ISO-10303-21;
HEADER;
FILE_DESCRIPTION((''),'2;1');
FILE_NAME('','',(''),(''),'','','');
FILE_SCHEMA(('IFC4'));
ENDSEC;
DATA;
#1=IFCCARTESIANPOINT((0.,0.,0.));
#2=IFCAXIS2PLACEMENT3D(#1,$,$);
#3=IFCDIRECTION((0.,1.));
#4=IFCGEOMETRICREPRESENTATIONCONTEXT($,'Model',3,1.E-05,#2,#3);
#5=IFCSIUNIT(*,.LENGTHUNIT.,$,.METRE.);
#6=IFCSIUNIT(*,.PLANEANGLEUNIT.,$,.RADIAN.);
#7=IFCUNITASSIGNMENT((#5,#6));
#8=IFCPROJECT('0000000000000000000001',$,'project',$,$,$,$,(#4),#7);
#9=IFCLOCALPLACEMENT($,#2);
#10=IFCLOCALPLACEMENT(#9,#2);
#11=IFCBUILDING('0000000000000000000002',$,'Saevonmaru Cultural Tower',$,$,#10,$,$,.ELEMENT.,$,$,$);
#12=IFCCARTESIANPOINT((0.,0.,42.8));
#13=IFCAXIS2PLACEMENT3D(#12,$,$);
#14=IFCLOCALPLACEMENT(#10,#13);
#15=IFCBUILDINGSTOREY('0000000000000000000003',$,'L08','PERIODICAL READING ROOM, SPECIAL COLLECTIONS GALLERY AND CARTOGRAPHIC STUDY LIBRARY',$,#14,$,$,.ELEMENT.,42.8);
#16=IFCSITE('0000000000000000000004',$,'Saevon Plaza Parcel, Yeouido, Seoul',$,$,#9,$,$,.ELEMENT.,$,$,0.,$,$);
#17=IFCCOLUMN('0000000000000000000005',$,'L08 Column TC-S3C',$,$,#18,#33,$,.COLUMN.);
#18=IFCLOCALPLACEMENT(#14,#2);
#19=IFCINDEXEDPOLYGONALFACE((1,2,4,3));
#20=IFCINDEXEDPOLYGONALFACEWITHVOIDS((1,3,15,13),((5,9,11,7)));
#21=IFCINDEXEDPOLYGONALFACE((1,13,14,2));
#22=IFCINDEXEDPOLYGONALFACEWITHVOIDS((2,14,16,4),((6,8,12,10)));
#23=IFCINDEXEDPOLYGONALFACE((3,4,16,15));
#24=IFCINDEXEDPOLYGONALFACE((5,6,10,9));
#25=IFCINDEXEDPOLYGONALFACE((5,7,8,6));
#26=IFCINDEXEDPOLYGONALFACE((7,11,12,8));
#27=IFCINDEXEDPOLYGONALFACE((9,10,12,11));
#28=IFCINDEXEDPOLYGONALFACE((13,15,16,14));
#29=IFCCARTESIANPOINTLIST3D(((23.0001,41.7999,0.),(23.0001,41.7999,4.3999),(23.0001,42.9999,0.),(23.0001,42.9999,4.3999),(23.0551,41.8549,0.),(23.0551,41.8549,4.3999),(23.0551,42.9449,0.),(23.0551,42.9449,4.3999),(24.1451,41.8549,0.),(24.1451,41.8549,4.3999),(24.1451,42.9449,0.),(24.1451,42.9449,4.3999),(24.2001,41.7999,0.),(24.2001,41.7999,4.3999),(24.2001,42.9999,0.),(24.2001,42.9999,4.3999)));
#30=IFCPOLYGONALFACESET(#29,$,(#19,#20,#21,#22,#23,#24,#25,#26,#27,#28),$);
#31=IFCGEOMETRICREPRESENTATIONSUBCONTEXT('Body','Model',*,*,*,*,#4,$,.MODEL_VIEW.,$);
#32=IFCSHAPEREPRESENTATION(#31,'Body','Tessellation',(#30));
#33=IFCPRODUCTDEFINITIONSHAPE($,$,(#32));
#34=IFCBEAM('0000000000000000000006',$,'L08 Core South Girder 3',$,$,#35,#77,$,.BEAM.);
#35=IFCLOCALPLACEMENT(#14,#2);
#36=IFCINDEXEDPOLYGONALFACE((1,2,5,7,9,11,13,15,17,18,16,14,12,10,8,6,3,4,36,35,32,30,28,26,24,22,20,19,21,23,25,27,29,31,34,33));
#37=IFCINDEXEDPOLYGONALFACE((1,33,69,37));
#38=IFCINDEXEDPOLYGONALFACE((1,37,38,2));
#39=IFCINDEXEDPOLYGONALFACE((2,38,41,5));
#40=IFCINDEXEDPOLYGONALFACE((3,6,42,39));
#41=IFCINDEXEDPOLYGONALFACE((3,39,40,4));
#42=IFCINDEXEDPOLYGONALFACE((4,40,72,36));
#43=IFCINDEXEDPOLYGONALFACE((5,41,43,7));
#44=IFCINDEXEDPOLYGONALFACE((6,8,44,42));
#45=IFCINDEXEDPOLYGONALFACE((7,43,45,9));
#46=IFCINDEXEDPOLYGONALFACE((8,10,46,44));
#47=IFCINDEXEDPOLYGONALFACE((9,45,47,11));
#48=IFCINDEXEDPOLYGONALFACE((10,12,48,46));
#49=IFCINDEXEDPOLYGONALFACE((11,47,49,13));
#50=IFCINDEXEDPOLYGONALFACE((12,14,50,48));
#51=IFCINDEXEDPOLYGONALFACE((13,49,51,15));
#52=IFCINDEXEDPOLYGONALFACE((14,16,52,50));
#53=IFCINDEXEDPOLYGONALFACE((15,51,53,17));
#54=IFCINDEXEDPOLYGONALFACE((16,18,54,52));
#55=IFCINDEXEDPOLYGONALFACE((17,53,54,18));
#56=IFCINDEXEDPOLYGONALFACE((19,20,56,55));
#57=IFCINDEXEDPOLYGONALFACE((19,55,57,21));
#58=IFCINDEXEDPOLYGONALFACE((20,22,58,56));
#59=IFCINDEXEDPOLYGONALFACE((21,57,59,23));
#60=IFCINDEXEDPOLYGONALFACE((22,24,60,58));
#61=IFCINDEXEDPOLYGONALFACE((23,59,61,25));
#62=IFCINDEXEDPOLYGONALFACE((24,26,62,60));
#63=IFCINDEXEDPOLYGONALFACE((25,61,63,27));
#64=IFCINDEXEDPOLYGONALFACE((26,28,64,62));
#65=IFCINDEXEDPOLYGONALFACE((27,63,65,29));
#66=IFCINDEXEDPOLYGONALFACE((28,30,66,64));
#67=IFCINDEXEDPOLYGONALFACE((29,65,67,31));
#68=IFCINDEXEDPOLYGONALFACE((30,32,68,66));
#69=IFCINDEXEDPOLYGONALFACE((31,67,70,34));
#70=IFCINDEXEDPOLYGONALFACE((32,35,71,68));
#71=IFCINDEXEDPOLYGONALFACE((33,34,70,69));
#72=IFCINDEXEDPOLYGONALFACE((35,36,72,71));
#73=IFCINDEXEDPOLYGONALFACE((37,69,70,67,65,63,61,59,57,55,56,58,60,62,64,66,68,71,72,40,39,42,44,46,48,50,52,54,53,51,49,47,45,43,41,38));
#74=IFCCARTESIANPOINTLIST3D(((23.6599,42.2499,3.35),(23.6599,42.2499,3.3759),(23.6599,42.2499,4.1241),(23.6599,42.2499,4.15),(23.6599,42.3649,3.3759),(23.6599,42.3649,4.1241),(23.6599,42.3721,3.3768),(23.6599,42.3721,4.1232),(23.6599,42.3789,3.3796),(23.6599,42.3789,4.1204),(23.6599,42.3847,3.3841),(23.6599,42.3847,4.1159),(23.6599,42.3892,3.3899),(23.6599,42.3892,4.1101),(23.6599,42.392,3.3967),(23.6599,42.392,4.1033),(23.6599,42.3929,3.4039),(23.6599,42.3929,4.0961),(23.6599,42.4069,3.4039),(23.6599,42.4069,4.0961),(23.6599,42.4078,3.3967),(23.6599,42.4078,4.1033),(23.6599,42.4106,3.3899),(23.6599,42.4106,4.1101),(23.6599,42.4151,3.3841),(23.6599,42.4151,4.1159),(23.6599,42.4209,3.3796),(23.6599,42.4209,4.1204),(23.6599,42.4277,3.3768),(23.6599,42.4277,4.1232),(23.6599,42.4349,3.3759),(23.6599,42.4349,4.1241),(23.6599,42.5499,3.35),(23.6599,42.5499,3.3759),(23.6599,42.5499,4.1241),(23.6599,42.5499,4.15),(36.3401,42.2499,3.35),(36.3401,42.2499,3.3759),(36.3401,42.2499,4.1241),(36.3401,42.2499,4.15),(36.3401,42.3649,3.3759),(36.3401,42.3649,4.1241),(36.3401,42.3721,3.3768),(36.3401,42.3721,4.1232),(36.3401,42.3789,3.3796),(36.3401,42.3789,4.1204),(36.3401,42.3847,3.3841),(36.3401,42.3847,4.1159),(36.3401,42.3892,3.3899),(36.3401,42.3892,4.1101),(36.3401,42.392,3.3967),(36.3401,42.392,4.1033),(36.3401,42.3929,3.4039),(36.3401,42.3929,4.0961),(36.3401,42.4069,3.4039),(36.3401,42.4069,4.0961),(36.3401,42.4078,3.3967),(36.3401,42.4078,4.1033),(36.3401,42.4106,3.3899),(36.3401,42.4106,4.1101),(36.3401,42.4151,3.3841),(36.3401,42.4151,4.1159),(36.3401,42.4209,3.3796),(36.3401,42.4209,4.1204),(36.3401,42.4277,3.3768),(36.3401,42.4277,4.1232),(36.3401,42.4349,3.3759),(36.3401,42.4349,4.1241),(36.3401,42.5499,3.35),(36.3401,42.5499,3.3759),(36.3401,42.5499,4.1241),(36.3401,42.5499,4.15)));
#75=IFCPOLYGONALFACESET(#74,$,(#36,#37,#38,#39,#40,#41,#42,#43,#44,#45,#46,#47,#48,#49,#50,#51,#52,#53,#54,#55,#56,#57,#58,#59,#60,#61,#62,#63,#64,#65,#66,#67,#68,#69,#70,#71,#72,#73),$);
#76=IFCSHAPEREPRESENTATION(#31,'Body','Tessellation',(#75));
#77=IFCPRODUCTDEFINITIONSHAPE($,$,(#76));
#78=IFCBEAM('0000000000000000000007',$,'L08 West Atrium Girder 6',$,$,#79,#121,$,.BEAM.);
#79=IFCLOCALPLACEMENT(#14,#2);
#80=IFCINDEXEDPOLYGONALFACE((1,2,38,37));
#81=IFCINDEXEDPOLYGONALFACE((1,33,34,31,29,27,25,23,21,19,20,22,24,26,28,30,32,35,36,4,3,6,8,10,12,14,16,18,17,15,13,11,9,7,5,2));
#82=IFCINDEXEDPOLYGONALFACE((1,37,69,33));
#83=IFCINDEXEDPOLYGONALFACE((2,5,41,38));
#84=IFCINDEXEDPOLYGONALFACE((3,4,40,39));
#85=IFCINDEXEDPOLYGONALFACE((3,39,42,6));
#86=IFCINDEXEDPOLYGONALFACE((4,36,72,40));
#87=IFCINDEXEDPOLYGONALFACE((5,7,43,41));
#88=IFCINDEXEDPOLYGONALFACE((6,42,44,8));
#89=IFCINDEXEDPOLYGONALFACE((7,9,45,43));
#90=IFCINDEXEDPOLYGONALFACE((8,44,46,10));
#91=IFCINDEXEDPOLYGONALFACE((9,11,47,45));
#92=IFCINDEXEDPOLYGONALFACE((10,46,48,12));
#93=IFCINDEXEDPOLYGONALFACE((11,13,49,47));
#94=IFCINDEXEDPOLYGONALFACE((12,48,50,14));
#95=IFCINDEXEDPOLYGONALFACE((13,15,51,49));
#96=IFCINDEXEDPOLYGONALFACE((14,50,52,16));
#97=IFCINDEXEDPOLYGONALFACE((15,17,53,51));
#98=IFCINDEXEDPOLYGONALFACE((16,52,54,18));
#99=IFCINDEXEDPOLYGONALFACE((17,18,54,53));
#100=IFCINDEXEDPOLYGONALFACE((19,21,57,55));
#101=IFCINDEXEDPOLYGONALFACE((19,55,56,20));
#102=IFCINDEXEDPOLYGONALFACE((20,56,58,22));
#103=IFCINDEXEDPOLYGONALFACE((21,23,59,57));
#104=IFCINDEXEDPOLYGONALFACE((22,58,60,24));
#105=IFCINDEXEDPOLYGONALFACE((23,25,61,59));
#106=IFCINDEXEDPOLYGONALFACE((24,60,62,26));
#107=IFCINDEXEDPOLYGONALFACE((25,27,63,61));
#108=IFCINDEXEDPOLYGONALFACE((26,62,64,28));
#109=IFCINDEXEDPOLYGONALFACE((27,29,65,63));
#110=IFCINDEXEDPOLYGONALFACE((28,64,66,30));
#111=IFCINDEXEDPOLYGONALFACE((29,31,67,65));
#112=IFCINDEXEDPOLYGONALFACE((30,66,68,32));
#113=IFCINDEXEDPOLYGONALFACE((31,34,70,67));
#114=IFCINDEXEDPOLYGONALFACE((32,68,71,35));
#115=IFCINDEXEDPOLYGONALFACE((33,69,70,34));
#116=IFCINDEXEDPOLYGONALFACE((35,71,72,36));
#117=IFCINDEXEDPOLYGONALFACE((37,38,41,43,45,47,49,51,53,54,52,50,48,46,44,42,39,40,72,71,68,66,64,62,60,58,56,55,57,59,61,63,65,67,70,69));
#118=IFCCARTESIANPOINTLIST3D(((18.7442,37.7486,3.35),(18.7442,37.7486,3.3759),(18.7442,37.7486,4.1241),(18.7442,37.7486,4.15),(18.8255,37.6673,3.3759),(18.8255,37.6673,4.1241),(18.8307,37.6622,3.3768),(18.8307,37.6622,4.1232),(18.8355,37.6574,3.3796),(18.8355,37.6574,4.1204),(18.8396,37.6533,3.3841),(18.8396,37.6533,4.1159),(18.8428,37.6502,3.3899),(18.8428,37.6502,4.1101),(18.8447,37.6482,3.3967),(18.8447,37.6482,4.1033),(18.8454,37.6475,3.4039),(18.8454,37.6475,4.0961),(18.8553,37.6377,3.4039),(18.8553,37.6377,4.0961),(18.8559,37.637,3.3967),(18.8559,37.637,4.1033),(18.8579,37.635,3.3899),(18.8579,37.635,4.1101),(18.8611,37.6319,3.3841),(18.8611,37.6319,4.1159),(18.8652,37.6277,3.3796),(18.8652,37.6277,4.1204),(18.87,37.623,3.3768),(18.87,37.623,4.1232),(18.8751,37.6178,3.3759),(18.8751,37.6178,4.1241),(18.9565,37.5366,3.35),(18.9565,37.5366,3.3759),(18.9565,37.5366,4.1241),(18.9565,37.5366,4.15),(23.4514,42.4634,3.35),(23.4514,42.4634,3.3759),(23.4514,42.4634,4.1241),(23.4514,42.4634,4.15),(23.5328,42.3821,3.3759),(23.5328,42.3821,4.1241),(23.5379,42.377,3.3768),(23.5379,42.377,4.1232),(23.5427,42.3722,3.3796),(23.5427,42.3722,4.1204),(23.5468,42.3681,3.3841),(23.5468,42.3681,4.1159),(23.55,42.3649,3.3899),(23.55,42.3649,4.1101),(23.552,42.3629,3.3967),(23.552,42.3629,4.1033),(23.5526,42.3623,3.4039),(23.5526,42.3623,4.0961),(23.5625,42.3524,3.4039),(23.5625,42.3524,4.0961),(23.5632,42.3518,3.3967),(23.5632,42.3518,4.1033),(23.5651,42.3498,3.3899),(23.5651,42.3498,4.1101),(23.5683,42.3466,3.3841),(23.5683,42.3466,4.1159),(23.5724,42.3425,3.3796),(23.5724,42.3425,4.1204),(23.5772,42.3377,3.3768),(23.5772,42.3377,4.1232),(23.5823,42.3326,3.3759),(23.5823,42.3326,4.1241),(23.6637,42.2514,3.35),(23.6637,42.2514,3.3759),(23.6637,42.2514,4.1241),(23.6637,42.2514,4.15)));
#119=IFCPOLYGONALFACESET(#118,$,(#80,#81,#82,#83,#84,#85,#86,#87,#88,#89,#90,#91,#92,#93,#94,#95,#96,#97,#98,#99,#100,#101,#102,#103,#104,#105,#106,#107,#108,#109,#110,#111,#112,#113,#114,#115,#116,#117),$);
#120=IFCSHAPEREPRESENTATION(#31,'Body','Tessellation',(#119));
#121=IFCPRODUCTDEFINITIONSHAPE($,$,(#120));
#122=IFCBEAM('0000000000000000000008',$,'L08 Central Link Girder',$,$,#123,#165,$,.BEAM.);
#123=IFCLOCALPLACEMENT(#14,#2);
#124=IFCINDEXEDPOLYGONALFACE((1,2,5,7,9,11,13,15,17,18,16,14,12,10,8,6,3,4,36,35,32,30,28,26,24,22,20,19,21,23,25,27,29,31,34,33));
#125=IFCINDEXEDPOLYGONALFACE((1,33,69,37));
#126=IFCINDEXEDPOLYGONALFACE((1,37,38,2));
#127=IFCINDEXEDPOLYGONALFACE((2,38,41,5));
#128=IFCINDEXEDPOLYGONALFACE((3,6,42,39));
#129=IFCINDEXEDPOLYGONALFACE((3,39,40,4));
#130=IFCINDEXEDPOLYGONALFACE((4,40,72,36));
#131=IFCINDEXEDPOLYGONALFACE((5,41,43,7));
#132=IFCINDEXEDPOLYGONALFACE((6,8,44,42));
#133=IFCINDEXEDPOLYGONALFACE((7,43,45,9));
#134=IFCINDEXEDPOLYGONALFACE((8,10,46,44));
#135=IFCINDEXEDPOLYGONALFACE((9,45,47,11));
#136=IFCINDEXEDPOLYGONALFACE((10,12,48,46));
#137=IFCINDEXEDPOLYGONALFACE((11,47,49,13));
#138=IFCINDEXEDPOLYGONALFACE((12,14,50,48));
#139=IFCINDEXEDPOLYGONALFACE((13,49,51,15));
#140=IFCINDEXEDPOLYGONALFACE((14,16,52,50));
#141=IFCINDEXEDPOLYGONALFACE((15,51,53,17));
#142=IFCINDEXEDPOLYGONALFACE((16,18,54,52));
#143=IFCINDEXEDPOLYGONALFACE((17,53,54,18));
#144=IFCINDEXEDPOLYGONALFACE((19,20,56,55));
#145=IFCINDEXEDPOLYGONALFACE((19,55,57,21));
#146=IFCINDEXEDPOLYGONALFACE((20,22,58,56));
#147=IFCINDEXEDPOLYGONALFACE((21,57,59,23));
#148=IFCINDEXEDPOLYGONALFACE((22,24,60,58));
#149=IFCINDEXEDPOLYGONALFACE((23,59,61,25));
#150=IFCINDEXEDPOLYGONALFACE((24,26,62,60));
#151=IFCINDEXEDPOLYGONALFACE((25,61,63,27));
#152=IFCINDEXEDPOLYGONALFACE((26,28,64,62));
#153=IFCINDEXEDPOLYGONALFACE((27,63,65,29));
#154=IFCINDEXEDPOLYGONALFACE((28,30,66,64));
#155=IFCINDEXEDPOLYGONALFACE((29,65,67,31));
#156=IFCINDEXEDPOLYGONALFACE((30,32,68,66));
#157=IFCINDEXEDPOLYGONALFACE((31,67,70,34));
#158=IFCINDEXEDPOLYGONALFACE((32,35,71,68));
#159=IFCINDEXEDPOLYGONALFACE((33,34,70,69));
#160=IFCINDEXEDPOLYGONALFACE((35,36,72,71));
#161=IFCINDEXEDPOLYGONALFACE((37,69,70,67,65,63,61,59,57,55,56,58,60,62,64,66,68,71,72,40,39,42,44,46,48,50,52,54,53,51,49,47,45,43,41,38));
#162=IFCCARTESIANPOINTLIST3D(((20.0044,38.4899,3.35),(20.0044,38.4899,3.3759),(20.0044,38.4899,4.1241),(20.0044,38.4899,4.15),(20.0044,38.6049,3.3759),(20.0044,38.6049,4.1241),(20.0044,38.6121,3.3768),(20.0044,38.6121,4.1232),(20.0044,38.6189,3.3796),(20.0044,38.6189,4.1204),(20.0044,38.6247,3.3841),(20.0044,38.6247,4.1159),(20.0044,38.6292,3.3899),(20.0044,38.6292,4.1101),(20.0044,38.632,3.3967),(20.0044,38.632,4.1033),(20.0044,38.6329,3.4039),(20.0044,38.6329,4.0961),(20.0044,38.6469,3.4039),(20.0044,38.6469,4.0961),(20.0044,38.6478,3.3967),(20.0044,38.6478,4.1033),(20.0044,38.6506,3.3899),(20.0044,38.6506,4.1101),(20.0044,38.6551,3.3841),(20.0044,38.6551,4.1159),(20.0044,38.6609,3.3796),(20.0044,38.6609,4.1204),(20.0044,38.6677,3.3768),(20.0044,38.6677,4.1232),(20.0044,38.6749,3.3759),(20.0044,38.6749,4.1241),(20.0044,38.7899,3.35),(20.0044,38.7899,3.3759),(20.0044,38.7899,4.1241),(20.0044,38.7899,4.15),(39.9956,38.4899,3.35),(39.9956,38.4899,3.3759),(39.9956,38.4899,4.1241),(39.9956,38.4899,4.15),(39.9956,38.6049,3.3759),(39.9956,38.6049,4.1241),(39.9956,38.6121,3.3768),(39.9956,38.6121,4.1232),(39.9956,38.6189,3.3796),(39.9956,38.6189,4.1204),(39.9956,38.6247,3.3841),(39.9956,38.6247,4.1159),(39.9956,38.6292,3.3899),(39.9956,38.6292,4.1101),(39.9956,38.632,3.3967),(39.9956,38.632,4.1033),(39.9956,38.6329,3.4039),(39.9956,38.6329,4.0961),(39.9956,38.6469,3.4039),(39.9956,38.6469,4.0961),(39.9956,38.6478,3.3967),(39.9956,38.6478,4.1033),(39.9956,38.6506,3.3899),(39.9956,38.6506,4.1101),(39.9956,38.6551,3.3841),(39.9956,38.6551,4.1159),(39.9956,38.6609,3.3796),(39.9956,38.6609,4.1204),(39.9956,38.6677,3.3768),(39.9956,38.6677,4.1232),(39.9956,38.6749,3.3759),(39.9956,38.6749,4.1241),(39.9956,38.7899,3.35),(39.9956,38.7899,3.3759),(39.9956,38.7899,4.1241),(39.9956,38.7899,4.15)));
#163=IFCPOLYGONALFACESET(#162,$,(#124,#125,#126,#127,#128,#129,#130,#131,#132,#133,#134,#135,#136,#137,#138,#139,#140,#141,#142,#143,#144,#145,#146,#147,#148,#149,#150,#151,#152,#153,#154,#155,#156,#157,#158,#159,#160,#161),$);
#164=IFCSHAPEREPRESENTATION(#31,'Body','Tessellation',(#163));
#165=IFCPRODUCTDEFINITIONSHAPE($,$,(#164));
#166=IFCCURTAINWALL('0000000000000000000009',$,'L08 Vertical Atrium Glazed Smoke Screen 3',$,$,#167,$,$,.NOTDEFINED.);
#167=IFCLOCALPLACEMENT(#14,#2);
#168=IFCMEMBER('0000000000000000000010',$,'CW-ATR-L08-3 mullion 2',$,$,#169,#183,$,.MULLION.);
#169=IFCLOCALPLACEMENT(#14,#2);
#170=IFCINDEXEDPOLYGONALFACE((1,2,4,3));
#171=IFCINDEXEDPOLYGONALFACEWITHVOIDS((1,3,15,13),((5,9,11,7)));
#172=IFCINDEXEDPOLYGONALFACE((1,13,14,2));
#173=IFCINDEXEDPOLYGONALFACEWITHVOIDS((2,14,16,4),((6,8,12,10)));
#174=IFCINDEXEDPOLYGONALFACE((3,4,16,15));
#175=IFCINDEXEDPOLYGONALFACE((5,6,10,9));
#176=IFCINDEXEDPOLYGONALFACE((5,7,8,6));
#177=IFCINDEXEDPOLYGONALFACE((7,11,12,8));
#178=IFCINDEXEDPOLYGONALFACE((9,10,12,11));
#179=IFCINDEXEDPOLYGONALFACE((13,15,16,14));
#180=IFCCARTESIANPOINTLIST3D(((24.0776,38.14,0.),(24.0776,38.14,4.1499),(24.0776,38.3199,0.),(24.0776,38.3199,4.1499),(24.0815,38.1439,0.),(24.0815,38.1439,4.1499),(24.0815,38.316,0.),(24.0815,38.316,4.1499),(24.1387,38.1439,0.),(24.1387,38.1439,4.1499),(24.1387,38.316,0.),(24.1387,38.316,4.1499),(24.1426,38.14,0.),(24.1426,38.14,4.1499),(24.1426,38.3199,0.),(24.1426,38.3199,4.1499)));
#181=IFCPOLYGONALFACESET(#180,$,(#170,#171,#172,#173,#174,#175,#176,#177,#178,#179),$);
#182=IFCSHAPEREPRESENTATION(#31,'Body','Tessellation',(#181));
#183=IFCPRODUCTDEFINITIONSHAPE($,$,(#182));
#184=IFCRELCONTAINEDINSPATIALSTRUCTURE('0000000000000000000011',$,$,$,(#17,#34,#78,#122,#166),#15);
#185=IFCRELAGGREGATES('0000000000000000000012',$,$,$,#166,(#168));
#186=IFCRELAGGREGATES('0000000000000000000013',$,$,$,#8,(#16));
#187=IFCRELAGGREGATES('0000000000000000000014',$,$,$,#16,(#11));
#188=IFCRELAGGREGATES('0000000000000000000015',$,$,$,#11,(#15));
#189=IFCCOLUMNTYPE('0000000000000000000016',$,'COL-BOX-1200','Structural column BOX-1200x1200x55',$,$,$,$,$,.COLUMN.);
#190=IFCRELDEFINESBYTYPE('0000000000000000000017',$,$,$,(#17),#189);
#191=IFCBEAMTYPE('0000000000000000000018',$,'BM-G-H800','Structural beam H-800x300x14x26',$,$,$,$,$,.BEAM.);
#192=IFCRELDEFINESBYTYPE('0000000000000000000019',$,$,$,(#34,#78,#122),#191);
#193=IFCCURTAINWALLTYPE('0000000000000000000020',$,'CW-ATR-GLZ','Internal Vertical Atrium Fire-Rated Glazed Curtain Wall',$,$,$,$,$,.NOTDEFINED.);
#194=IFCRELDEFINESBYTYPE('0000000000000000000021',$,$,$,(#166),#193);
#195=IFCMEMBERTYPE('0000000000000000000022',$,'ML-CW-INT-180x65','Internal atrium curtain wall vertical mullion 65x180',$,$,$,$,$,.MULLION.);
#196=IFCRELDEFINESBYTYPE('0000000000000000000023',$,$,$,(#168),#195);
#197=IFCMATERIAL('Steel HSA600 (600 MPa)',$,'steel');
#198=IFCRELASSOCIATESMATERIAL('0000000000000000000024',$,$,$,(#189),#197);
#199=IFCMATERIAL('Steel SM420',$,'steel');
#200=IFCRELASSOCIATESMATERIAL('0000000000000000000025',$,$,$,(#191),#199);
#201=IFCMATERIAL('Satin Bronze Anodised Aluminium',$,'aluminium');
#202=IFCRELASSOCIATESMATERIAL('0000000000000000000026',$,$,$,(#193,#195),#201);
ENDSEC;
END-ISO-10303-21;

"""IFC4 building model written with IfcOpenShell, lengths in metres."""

from ifc_helpers import new_model, si_unit, direction, frame, origin, origin_2d, place, context, subcontext, project, spatial, hollow_rectangle, i_section, extrude, material, material_profile, profile_set, type_object, element, aggregate, save


model = new_model("IFC4")

# Units and contexts
model_context = context("Model", 3, precision=1e-05, world=origin(), true_north=direction((0.0, 1.0)))
body_context = subcontext(model_context, "Body", "Model", "MODEL_VIEW")
ifc_project = project(units=[si_unit("LENGTHUNIT", "METRE"), si_unit("PLANEANGLEUNIT", "RADIAN")], contexts=[model_context])

# Site, building, storey
site_placement = place(None, origin())
site = spatial("IfcSite", under=ifc_project, at=site_placement, Name="Saevon Plaza Parcel, Yeouido, Seoul", CompositionType="ELEMENT", RefElevation=0.0)
building_placement = place(site_placement, origin())
building = spatial("IfcBuilding", under=site, at=building_placement, Name="Saevonmaru Cultural Tower", CompositionType="ELEMENT")
storey_placement = place(building_placement, frame((0.0, 0.0, 42.8)))
storey = spatial("IfcBuildingStorey", under=building, at=storey_placement, Name="L08", Description="PERIODICAL READING ROOM, SPECIAL COLLECTIONS GALLERY AND CARTOGRAPHIC STUDY LIBRARY", CompositionType="ELEMENT", Elevation=42.8)

# Column
ifc_material_1 = material(Name="Steel HSA600 (600 MPa)", Category="steel")
ifc_material_profile_1 = material_profile(ifc_material_1, hollow_rectangle(XDim=1.2, YDim=1.2, WallThickness=0.0549, at=origin_2d()), Name="BOX-1200x1200x55")
ifc_profile_set_1 = profile_set([ifc_material_profile_1], Name="Steel HSA600 (600 MPa)")
column_type = type_object("IfcColumnType", Name="COL-BOX-1200", Description="Structural column BOX-1200x1200x55", PredefinedType="COLUMN", material=ifc_profile_set_1)
column_placement = place(storey_placement, frame((23.6001, 42.3999, 0.0), z_axis=(0.0, 0.0, 1.0), x_axis=(1.0, 0.0, 0.0)))
element("IfcColumn", 1, at=column_placement, inside=storey, type_object=column_type, Name="L08 Column TC-S3C", PredefinedType="COLUMN", context=body_context, shape_type="SweptSolid", body=[
    extrude(hollow_rectangle(XDim=1.2, YDim=1.2, WallThickness=0.0549, at=origin_2d()), origin(), (0.0, 0.0, 1.0), 4.3999),
])

# Beams
ifc_material_2 = material(Name="Steel SM420", Category="steel")
ifc_material_profile_2 = material_profile(ifc_material_2, i_section(OverallWidth=0.3, OverallDepth=0.8, WebThickness=0.0139, FlangeThickness=0.0259, FilletRadius=0.0281, at=origin_2d()), Name="H-800x300x14x26")
ifc_profile_set_2 = profile_set([ifc_material_profile_2], Name="Steel SM420")
beam_type = type_object("IfcBeamType", Name="BM-G-H800", Description="Structural beam H-800x300x14x26", PredefinedType="BEAM", material=ifc_profile_set_2)
beam_1_placement = place(storey_placement, frame((23.6599, 42.3999, 3.75), z_axis=(1.0, 0.0, 0.0), x_axis=(0.0, 1.0, 0.0)))
element("IfcBeam", 2, at=beam_1_placement, inside=storey, type_object=beam_type, Name="L08 Core South Girder 3", PredefinedType="BEAM", context=body_context, shape_type="SweptSolid", body=[
    extrude(i_section(OverallWidth=0.3, OverallDepth=0.8, WebThickness=0.0139, FlangeThickness=0.0259, FilletRadius=0.0281, at=origin_2d()), origin(), (0.0, 0.0, 1.0), 12.6802),
])
beam_2_placement = place(storey_placement, frame((18.8503, 37.6426, 3.75), z_axis=(0.706539, 0.707675, 0.0), x_axis=(-0.707675, 0.706539, 0.0)))
element("IfcBeam", 3, at=beam_2_placement, inside=storey, type_object=beam_type, Name="L08 West Atrium Girder 6", PredefinedType="BEAM", context=body_context, shape_type="SweptSolid", body=[
    extrude(i_section(OverallWidth=0.3, OverallDepth=0.8, WebThickness=0.0139, FlangeThickness=0.0259, FilletRadius=0.0281, at=origin_2d()), origin(), (0.0, 0.0, 1.0), 6.6624),
])
beam_3_placement = place(storey_placement, frame((20.0044, 38.6399, 3.75), z_axis=(1.0, 0.0, 0.0), x_axis=(0.0, 1.0, 0.0)))
element("IfcBeam", 4, at=beam_3_placement, inside=storey, type_object=beam_type, Name="L08 Central Link Girder", PredefinedType="BEAM", context=body_context, shape_type="SweptSolid", body=[
    extrude(i_section(OverallWidth=0.3, OverallDepth=0.8, WebThickness=0.0139, FlangeThickness=0.0259, FilletRadius=0.0281, at=origin_2d()), origin(), (0.0, 0.0, 1.0), 19.9912),
])

# Curtain wall, member
ifc_material_3 = material(Name="Satin Bronze Anodised Aluminium", Category="aluminium")
curtain_wall_type = type_object("IfcCurtainWallType", Name="CW-ATR-GLZ", Description="Internal Vertical Atrium Fire-Rated Glazed Curtain Wall", PredefinedType="NOTDEFINED", material=ifc_material_3)
curtain_wall_1_placement = place(storey_placement, origin())
curtain_wall_1 = element("IfcCurtainWall", 5, at=curtain_wall_1_placement, inside=storey, type_object=curtain_wall_type, Name="L08 Vertical Atrium Glazed Smoke Screen 3", PredefinedType="NOTDEFINED")
ifc_material_profile_3 = material_profile(ifc_material_3, hollow_rectangle(XDim=0.0649, YDim=0.1799, WallThickness=0.0039, at=origin_2d()), Name="ALU-MULL-180x65x4")
ifc_profile_set_3 = profile_set([ifc_material_profile_3], Name="Satin Bronze Anodised Aluminium")
member_type_1 = type_object("IfcMemberType", Name="ML-CW-INT-180x65", Description="Internal atrium curtain wall vertical mullion 65x180", PredefinedType="MULLION", material=ifc_profile_set_3)
member_1_placement = place(storey_placement, frame((24.1101, 38.23, 0.0), z_axis=(0.0, 0.0, 1.0), x_axis=(-1.0, 0.0, 0.0)))
member_1 = element("IfcMember", 6, at=member_1_placement, type_object=member_type_1, Name="CW-ATR-L08-3 mullion 2", PredefinedType="MULLION", context=body_context, shape_type="SweptSolid", body=[
    extrude(hollow_rectangle(XDim=0.0649, YDim=0.1799, WallThickness=0.0039, at=origin_2d()), origin(), (0.0, 0.0, 1.0), 4.1499),
])
aggregate(curtain_wall_1, [member_1])

save(model, "model.ifc")
